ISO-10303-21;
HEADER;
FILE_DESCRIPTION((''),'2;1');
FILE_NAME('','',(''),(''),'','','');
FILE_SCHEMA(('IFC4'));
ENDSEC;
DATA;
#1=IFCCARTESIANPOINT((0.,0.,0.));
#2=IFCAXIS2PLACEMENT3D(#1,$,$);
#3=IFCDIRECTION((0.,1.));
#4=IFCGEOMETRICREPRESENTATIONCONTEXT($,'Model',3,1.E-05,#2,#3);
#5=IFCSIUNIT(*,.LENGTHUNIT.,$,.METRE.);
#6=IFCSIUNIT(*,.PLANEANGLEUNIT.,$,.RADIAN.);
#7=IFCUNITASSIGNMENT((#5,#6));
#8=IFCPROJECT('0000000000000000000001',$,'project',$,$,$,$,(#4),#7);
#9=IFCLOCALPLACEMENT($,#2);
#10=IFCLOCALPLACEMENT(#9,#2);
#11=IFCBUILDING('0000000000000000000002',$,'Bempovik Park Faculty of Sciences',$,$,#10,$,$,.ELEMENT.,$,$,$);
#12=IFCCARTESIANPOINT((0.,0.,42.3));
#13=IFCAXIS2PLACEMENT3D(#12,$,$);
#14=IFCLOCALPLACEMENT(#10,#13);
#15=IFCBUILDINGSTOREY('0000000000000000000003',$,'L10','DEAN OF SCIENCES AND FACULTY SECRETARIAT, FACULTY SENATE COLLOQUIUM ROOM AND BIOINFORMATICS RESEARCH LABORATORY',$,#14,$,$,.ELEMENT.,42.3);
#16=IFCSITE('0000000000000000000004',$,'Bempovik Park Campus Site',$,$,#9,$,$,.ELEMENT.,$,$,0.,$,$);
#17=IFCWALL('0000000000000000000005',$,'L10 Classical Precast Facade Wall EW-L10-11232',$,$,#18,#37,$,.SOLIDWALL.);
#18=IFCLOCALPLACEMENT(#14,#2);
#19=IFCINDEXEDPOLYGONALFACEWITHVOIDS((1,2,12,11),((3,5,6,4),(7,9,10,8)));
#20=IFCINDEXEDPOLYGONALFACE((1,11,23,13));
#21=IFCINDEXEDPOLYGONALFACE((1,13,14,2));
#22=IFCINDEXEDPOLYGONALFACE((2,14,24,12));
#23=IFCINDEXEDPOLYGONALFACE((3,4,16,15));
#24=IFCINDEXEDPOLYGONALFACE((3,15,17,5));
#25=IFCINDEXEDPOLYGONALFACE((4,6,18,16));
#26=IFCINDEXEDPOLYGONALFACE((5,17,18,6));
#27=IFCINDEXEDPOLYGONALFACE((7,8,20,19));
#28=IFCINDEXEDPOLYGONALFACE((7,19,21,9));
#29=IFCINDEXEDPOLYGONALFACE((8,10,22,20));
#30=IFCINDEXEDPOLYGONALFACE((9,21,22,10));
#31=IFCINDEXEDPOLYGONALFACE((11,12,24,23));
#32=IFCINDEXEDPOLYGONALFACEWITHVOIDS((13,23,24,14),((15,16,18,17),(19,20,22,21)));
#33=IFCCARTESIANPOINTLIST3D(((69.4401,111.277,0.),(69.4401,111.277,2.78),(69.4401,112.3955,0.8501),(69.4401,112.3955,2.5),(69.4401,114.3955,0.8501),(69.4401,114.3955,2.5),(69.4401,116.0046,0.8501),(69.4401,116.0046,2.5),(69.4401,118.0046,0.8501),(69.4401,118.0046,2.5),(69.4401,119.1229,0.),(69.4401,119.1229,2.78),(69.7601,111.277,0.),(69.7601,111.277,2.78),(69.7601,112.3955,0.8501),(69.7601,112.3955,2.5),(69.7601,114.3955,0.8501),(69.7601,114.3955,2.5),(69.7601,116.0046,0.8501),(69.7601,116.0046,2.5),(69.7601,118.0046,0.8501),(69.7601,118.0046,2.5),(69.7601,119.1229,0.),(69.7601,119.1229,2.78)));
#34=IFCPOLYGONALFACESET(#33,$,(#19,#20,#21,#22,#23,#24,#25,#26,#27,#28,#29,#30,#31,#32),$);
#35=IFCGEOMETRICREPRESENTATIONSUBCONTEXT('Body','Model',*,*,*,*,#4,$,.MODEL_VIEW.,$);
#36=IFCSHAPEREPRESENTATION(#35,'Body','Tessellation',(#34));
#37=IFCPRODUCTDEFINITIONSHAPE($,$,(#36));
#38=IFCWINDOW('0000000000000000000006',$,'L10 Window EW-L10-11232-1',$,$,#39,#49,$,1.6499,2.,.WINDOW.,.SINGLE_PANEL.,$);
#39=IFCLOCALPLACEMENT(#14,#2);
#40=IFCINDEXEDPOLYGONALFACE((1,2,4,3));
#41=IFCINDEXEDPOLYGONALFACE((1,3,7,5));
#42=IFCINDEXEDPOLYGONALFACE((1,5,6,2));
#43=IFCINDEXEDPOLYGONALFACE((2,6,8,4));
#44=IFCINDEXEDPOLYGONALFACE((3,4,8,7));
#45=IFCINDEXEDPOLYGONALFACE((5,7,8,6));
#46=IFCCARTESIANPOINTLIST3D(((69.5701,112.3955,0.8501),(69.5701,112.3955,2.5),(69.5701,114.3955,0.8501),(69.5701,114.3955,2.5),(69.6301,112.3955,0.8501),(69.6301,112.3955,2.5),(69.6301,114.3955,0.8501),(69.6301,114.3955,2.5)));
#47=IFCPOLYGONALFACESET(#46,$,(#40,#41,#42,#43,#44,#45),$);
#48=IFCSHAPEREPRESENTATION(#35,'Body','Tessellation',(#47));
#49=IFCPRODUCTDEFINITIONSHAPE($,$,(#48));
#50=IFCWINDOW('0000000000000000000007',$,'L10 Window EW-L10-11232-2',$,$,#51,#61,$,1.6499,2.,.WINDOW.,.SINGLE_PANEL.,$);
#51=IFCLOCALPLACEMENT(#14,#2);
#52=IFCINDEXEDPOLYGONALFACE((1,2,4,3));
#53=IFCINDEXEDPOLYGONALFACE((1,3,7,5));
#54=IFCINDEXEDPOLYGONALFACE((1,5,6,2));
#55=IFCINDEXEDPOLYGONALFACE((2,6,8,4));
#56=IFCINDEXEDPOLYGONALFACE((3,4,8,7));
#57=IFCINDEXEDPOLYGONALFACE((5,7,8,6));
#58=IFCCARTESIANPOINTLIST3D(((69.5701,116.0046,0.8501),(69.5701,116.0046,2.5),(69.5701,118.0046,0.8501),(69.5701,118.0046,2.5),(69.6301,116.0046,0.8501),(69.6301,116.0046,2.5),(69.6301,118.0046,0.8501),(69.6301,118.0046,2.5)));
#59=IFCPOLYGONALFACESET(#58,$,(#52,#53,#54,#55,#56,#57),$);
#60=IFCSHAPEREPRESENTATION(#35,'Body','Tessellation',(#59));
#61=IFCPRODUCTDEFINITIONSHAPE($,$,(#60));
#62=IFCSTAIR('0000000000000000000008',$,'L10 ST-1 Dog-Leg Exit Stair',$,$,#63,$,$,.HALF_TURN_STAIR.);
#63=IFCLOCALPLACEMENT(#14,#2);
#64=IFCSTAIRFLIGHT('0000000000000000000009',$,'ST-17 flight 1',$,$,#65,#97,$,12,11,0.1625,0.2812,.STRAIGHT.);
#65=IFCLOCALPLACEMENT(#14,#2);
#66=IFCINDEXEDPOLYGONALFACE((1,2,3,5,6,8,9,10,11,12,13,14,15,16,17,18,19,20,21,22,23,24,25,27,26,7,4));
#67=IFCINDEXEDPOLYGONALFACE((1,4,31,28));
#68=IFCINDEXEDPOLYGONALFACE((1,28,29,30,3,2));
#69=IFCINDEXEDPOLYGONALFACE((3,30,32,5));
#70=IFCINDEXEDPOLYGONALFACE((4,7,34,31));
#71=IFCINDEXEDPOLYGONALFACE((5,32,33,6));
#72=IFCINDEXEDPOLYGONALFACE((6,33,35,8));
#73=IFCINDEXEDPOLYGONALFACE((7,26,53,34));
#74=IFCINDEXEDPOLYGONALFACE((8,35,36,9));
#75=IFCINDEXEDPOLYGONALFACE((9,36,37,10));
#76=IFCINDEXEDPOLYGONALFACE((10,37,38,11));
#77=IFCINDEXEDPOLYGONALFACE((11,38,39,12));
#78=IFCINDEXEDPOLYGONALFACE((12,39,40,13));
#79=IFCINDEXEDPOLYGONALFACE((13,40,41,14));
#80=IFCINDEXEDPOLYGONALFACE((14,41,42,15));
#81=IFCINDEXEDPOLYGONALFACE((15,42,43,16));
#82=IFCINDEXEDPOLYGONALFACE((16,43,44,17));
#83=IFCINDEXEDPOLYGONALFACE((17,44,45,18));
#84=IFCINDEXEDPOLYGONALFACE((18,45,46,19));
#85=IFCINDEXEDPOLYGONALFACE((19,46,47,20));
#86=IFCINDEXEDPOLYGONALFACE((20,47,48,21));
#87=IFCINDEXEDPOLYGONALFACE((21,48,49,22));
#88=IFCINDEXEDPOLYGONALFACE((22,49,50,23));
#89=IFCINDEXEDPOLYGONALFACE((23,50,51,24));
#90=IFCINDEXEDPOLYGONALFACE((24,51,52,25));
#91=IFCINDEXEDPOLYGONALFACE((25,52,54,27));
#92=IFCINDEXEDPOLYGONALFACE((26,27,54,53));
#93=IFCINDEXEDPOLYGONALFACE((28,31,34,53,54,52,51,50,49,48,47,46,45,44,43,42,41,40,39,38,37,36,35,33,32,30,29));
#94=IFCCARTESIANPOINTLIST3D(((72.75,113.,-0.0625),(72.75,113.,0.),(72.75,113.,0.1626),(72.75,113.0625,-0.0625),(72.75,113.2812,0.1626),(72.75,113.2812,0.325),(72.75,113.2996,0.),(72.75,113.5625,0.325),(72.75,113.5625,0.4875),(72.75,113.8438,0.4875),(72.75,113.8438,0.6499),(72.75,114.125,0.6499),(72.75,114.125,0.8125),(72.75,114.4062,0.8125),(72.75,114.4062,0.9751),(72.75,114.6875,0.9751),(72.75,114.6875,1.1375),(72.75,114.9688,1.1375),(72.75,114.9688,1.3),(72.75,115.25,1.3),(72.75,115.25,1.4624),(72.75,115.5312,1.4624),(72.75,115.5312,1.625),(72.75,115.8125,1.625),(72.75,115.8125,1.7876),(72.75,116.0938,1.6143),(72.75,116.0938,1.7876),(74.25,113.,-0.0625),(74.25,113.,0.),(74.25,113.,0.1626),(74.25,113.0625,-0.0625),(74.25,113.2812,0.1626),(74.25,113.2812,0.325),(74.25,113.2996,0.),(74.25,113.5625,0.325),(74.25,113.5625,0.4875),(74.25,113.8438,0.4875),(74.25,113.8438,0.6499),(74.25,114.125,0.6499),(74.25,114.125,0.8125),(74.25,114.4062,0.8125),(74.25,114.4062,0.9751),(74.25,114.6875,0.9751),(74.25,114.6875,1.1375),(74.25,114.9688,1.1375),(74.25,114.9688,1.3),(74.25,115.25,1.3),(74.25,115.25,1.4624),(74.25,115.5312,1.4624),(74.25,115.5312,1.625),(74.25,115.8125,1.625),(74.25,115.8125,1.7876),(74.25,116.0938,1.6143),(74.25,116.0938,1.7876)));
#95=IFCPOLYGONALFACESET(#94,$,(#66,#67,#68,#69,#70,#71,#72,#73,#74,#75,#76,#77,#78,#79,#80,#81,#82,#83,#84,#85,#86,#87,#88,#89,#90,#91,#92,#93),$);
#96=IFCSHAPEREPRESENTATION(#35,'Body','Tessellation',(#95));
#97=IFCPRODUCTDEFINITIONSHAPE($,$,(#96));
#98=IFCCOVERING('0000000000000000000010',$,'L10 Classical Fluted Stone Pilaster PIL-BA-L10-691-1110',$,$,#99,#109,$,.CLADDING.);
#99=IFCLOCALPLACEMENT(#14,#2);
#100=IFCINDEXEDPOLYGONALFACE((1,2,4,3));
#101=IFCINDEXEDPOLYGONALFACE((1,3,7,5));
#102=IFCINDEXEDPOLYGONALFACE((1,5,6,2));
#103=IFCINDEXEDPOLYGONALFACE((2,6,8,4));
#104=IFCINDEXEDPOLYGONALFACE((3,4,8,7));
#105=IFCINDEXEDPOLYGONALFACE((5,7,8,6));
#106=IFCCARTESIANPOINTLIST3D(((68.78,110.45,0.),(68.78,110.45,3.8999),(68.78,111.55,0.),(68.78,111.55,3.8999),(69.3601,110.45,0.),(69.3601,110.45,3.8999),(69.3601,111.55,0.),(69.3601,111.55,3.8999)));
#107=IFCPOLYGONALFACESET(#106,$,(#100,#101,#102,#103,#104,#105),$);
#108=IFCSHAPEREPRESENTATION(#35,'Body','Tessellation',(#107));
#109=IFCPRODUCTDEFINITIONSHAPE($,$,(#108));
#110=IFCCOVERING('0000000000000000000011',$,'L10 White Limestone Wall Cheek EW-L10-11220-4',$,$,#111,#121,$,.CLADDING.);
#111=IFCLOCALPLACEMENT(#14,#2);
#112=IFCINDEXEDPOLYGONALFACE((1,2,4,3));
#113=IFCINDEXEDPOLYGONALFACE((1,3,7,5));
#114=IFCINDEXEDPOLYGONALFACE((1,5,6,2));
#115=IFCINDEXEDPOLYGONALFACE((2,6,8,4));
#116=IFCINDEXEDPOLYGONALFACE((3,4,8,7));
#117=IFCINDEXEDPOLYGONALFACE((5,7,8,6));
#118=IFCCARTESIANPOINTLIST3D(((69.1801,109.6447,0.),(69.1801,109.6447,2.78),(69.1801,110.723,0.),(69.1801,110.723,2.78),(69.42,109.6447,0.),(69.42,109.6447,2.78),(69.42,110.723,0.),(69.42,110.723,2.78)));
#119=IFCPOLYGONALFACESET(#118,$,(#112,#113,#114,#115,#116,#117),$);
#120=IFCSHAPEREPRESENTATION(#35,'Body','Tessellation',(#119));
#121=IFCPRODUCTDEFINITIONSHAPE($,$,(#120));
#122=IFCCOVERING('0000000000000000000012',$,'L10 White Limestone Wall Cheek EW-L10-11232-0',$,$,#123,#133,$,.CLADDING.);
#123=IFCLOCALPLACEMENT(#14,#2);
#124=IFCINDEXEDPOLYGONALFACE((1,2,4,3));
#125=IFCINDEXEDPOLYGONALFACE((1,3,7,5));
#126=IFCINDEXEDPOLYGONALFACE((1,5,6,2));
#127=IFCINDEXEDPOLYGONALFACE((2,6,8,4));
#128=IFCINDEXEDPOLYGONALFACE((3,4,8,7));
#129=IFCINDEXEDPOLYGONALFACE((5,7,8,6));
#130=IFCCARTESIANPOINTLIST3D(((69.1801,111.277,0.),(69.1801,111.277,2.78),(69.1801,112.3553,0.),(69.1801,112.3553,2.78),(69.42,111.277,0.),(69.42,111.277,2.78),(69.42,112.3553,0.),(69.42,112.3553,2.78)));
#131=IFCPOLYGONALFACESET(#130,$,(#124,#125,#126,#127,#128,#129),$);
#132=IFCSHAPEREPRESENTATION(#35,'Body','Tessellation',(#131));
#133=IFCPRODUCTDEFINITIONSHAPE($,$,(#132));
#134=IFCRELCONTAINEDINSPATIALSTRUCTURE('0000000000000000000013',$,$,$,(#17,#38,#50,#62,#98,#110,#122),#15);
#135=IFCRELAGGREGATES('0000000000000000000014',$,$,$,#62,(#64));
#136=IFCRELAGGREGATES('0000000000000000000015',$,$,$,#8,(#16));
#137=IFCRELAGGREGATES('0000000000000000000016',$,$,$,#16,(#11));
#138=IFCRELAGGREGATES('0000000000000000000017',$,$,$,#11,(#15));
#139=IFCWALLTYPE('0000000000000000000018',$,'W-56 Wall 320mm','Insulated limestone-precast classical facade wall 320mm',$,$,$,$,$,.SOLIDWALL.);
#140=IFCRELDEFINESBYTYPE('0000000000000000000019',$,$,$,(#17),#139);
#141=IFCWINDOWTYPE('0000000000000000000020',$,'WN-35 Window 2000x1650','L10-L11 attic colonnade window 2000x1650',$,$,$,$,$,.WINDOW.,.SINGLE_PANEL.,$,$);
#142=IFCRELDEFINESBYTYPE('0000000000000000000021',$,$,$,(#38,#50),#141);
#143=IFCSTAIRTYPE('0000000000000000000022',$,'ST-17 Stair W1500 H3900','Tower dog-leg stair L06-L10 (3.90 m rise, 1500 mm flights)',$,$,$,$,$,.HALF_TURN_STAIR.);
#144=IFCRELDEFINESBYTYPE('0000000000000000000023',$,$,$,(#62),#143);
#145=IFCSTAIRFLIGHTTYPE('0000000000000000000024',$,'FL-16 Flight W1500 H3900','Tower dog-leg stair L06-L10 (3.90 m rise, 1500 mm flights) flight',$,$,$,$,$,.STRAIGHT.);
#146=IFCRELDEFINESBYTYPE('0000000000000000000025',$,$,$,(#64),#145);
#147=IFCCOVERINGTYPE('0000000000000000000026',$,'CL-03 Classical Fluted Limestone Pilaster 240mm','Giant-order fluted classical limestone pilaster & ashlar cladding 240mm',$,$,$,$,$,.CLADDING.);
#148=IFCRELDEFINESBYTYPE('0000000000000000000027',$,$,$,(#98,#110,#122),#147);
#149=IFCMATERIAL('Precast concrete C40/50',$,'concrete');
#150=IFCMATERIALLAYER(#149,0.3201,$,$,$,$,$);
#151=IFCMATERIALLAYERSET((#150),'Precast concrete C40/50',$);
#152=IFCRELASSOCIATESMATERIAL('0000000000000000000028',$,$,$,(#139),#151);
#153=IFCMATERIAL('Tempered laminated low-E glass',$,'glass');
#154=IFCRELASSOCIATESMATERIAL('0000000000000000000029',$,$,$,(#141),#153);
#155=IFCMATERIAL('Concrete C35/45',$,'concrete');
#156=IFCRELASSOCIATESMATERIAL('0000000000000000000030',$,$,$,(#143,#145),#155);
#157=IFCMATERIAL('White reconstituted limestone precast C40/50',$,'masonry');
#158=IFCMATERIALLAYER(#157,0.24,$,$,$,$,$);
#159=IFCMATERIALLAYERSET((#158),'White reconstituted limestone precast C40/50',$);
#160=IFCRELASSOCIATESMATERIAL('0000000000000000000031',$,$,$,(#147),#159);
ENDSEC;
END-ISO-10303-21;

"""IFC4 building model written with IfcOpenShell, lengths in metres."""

from ifc_helpers import new_model, si_unit, direction, frame, frame_2d, origin, origin_2d, place, context, subcontext, project, spatial, polyline, rectangle, outline, extrude, material, layer, layer_set, type_object, element, fill, aggregate, save


model = new_model("IFC4")

# Units and contexts
model_context = context("Model", 3, precision=1e-05, world=origin(), true_north=direction((0.0, 1.0)))
body_context = subcontext(model_context, "Body", "Model", "MODEL_VIEW")
ifc_project = project(units=[si_unit("LENGTHUNIT", "METRE"), si_unit("PLANEANGLEUNIT", "RADIAN")], contexts=[model_context])

# Site, building, storey
site_placement = place(None, origin())
site = spatial("IfcSite", under=ifc_project, at=site_placement, Name="Bempovik Park Campus Site", CompositionType="ELEMENT", RefElevation=0.0)
building_placement = place(site_placement, origin())
building = spatial("IfcBuilding", under=site, at=building_placement, Name="Bempovik Park Faculty of Sciences", CompositionType="ELEMENT")
storey_placement = place(building_placement, frame((0.0, 0.0, 42.3)))
storey = spatial("IfcBuildingStorey", under=building, at=storey_placement, Name="L10", Description="DEAN OF SCIENCES AND FACULTY SECRETARIAT, FACULTY SENATE COLLOQUIUM ROOM AND BIOINFORMATICS RESEARCH LABORATORY", CompositionType="ELEMENT", Elevation=42.3)

# Shared definitions
ifc_material_1 = material(Name="Concrete C35/45", Category="concrete")

# Wall, openings, windows
ifc_material_2 = material(Name="Precast concrete C40/50", Category="concrete")
ifc_layer_1 = layer(ifc_material_2, 0.3201)
ifc_layer_set_1 = layer_set([ifc_layer_1], Name="Precast concrete C40/50")
wall_type_1 = type_object("IfcWallType", Name="W-56 Wall 320mm", Description="Insulated limestone-precast classical facade wall 320mm", PredefinedType="SOLIDWALL", material=ifc_layer_set_1)
wall_1_placement = place(storey_placement, frame((69.6001, 111.2771, 0.0), z_axis=(0.0, 0.0, 1.0), x_axis=(0.0, 1.0, 0.0)))
wall_1 = element("IfcWall", 1, at=wall_1_placement, inside=storey, type_object=wall_type_1, Name="L10 Classical Precast Facade Wall EW-L10-11232", PredefinedType="SOLIDWALL", context=body_context, shape_type="SweptSolid", body=[
    extrude(rectangle(XDim=7.8459, YDim=0.3201, at=frame_2d((3.9229, 0.0))), origin(), (0.0, 0.0, 1.0), 2.78),
])
opening_1_placement = place(wall_1_placement, frame((1.1184, 0.0, 0.8501)))
opening_1 = element("IfcOpeningElement", 2, at=opening_1_placement, cuts=wall_1, PredefinedType="OPENING", context=body_context, shape_type="SweptSolid", body=[
    extrude(rectangle(XDim=2.0, YDim=1.6499, at=frame_2d((1.0, 0.825))), frame((0.0, 0.1699, 0.0), z_axis=(0.0, -1.0, 0.0), x_axis=(1.0, 0.0, 0.0)), (0.0, 0.0, 1.0), 0.3401),
])
opening_2_placement = place(wall_1_placement, frame((4.7275, 0.0, 0.8501)))
opening_2 = element("IfcOpeningElement", 3, at=opening_2_placement, cuts=wall_1, PredefinedType="OPENING", context=body_context, shape_type="SweptSolid", body=[
    extrude(rectangle(XDim=2.0, YDim=1.6499, at=frame_2d((1.0, 0.825))), frame((0.0, 0.1699, 0.0), z_axis=(0.0, -1.0, 0.0), x_axis=(1.0, 0.0, 0.0)), (0.0, 0.0, 1.0), 0.3401),
])
ifc_material_3 = material(Name="Tempered laminated low-E glass", Category="glass")
window_type = type_object("IfcWindowType", Name="WN-35 Window 2000x1650", Description="L10-L11 attic colonnade window 2000x1650", PartitioningType="SINGLE_PANEL", PredefinedType="WINDOW", material=ifc_material_3)
window_1_placement = place(opening_1_placement, origin())
window_1 = element("IfcWindow", 4, at=window_1_placement, inside=storey, type_object=window_type, Name="L10 Window EW-L10-11232-1", OverallHeight=1.6499, OverallWidth=2.0, PartitioningType="SINGLE_PANEL", PredefinedType="WINDOW", context=body_context, shape_type="SweptSolid", body=[
    extrude(rectangle(XDim=2.0, YDim=1.6499, at=frame_2d((1.0, 0.825))), frame((0.0, 0.03, 0.0), z_axis=(0.0, -1.0, 0.0), x_axis=(1.0, 0.0, 0.0)), (0.0, 0.0, 1.0), 0.0601),
])
fill(opening_1, window_1)
window_2_placement = place(opening_2_placement, origin())
window_2 = element("IfcWindow", 5, at=window_2_placement, inside=storey, type_object=window_type, Name="L10 Window EW-L10-11232-2", OverallHeight=1.6499, OverallWidth=2.0, PartitioningType="SINGLE_PANEL", PredefinedType="WINDOW", context=body_context, shape_type="SweptSolid", body=[
    extrude(rectangle(XDim=2.0, YDim=1.6499, at=frame_2d((1.0, 0.825))), frame((0.0, 0.03, 0.0), z_axis=(0.0, -1.0, 0.0), x_axis=(1.0, 0.0, 0.0)), (0.0, 0.0, 1.0), 0.0601),
])
fill(opening_2, window_2)

# Stair, stair flight
stair_type = type_object("IfcStairType", Name="ST-17 Stair W1500 H3900", Description="Tower dog-leg stair L06-L10 (3.90 m rise, 1500 mm flights)", PredefinedType="HALF_TURN_STAIR", material=ifc_material_1)
stair_placement = place(storey_placement, origin())
stair = element("IfcStair", 6, at=stair_placement, inside=storey, type_object=stair_type, Name="L10 ST-1 Dog-Leg Exit Stair", PredefinedType="HALF_TURN_STAIR")
stair_flight_type = type_object("IfcStairFlightType", Name="FL-16 Flight W1500 H3900", Description="Tower dog-leg stair L06-L10 (3.90 m rise, 1500 mm flights) flight", PredefinedType="STRAIGHT", material=ifc_material_1)
stair_flight_placement = place(storey_placement, frame((73.5, 113.0, 0.0), z_axis=(0.0, 0.0, 1.0), x_axis=(0.0, 1.0, 0.0)))
stair_flight = element("IfcStairFlight", 7, at=stair_flight_placement, type_object=stair_flight_type, Name="ST-17 flight 1", NumberOfRisers=12, NumberOfTreads=11, PredefinedType="STRAIGHT", RiserHeight=0.1625, TreadLength=0.2812, context=body_context, shape_type="SweptSolid", body=[
    extrude(outline(polyline([(0.0, 0.0), (0.0, 0.1626), (0.2812, 0.1626), (0.2812, 0.325), (0.5625, 0.325), (0.5625, 0.4875), (0.8438, 0.4875), (0.8438, 0.6499), (1.125, 0.6499), (1.125, 0.8125), (1.4062, 0.8125), (1.4062, 0.9751), (1.6875, 0.9751), (1.6875, 1.1375), (1.9688, 1.1375), (1.9688, 1.3), (2.25, 1.3), (2.25, 1.4624), (2.5312, 1.4624), (2.5312, 1.625), (2.8125, 1.625), (2.8125, 1.7876), (3.0938, 1.7876), (3.0938, 1.95), (3.0938, 1.6143), (0.2996, 0.0), (0.0625, -0.0625), (0.0, -0.0625), (0.0, 0.0)])), frame((0.0, 0.75, 0.0), z_axis=(0.0, -1.0, 0.0), x_axis=(1.0, 0.0, 0.0)), (0.0, 0.0, 1.0), 1.5),
])
aggregate(stair, [stair_flight])

# Coverings
ifc_material_4 = material(Name="White reconstituted limestone precast C40/50", Category="masonry")
ifc_layer_2 = layer(ifc_material_4, 0.24)
ifc_layer_set_2 = layer_set([ifc_layer_2], Name="White reconstituted limestone precast C40/50")
covering_type = type_object("IfcCoveringType", Name="CL-03 Classical Fluted Limestone Pilaster 240mm", Description="Giant-order fluted classical limestone pilaster & ashlar cladding 240mm", PredefinedType="CLADDING", material=ifc_layer_set_2)
covering_placement = place(storey_placement, frame((69.0701, 111.0, 0.0), z_axis=(0.0, 0.0, 1.0), x_axis=(1.0, 0.0, 0.0)))
element("IfcCovering", 8, at=covering_placement, inside=storey, type_object=covering_type, Name="L10 Classical Fluted Stone Pilaster PIL-BA-L10-691-1110", PredefinedType="CLADDING", context=body_context, shape_type="SweptSolid", body=[
    extrude(rectangle(XDim=0.5801, YDim=1.1001, at=origin_2d()), origin(), (0.0, 0.0, 1.0), 3.8999),
])
for number, where, z_axis, x_axis, name in (
    (9, (69.3, 110.1838, 0.0), (0.0, 0.0, 1.0), (1.0, 0.0, 0.0), "L10 White Limestone Wall Cheek EW-L10-11220-4"),
    (10, (69.3, 111.8162, 0.0), (0.0, 0.0, 1.0), (1.0, 0.0, 0.0), "L10 White Limestone Wall Cheek EW-L10-11232-0"),
):
    element("IfcCovering", number, at=place(storey_placement, frame(where, z_axis=z_axis, x_axis=x_axis)), inside=storey, type_object=covering_type, Name=name, PredefinedType="CLADDING", context=body_context, shape_type="SweptSolid", body=[
        extrude(rectangle(XDim=0.24, YDim=1.0784, at=origin_2d()), origin(), (0.0, 0.0, 1.0), 2.78),
    ])

save(model, "model.ifc")
